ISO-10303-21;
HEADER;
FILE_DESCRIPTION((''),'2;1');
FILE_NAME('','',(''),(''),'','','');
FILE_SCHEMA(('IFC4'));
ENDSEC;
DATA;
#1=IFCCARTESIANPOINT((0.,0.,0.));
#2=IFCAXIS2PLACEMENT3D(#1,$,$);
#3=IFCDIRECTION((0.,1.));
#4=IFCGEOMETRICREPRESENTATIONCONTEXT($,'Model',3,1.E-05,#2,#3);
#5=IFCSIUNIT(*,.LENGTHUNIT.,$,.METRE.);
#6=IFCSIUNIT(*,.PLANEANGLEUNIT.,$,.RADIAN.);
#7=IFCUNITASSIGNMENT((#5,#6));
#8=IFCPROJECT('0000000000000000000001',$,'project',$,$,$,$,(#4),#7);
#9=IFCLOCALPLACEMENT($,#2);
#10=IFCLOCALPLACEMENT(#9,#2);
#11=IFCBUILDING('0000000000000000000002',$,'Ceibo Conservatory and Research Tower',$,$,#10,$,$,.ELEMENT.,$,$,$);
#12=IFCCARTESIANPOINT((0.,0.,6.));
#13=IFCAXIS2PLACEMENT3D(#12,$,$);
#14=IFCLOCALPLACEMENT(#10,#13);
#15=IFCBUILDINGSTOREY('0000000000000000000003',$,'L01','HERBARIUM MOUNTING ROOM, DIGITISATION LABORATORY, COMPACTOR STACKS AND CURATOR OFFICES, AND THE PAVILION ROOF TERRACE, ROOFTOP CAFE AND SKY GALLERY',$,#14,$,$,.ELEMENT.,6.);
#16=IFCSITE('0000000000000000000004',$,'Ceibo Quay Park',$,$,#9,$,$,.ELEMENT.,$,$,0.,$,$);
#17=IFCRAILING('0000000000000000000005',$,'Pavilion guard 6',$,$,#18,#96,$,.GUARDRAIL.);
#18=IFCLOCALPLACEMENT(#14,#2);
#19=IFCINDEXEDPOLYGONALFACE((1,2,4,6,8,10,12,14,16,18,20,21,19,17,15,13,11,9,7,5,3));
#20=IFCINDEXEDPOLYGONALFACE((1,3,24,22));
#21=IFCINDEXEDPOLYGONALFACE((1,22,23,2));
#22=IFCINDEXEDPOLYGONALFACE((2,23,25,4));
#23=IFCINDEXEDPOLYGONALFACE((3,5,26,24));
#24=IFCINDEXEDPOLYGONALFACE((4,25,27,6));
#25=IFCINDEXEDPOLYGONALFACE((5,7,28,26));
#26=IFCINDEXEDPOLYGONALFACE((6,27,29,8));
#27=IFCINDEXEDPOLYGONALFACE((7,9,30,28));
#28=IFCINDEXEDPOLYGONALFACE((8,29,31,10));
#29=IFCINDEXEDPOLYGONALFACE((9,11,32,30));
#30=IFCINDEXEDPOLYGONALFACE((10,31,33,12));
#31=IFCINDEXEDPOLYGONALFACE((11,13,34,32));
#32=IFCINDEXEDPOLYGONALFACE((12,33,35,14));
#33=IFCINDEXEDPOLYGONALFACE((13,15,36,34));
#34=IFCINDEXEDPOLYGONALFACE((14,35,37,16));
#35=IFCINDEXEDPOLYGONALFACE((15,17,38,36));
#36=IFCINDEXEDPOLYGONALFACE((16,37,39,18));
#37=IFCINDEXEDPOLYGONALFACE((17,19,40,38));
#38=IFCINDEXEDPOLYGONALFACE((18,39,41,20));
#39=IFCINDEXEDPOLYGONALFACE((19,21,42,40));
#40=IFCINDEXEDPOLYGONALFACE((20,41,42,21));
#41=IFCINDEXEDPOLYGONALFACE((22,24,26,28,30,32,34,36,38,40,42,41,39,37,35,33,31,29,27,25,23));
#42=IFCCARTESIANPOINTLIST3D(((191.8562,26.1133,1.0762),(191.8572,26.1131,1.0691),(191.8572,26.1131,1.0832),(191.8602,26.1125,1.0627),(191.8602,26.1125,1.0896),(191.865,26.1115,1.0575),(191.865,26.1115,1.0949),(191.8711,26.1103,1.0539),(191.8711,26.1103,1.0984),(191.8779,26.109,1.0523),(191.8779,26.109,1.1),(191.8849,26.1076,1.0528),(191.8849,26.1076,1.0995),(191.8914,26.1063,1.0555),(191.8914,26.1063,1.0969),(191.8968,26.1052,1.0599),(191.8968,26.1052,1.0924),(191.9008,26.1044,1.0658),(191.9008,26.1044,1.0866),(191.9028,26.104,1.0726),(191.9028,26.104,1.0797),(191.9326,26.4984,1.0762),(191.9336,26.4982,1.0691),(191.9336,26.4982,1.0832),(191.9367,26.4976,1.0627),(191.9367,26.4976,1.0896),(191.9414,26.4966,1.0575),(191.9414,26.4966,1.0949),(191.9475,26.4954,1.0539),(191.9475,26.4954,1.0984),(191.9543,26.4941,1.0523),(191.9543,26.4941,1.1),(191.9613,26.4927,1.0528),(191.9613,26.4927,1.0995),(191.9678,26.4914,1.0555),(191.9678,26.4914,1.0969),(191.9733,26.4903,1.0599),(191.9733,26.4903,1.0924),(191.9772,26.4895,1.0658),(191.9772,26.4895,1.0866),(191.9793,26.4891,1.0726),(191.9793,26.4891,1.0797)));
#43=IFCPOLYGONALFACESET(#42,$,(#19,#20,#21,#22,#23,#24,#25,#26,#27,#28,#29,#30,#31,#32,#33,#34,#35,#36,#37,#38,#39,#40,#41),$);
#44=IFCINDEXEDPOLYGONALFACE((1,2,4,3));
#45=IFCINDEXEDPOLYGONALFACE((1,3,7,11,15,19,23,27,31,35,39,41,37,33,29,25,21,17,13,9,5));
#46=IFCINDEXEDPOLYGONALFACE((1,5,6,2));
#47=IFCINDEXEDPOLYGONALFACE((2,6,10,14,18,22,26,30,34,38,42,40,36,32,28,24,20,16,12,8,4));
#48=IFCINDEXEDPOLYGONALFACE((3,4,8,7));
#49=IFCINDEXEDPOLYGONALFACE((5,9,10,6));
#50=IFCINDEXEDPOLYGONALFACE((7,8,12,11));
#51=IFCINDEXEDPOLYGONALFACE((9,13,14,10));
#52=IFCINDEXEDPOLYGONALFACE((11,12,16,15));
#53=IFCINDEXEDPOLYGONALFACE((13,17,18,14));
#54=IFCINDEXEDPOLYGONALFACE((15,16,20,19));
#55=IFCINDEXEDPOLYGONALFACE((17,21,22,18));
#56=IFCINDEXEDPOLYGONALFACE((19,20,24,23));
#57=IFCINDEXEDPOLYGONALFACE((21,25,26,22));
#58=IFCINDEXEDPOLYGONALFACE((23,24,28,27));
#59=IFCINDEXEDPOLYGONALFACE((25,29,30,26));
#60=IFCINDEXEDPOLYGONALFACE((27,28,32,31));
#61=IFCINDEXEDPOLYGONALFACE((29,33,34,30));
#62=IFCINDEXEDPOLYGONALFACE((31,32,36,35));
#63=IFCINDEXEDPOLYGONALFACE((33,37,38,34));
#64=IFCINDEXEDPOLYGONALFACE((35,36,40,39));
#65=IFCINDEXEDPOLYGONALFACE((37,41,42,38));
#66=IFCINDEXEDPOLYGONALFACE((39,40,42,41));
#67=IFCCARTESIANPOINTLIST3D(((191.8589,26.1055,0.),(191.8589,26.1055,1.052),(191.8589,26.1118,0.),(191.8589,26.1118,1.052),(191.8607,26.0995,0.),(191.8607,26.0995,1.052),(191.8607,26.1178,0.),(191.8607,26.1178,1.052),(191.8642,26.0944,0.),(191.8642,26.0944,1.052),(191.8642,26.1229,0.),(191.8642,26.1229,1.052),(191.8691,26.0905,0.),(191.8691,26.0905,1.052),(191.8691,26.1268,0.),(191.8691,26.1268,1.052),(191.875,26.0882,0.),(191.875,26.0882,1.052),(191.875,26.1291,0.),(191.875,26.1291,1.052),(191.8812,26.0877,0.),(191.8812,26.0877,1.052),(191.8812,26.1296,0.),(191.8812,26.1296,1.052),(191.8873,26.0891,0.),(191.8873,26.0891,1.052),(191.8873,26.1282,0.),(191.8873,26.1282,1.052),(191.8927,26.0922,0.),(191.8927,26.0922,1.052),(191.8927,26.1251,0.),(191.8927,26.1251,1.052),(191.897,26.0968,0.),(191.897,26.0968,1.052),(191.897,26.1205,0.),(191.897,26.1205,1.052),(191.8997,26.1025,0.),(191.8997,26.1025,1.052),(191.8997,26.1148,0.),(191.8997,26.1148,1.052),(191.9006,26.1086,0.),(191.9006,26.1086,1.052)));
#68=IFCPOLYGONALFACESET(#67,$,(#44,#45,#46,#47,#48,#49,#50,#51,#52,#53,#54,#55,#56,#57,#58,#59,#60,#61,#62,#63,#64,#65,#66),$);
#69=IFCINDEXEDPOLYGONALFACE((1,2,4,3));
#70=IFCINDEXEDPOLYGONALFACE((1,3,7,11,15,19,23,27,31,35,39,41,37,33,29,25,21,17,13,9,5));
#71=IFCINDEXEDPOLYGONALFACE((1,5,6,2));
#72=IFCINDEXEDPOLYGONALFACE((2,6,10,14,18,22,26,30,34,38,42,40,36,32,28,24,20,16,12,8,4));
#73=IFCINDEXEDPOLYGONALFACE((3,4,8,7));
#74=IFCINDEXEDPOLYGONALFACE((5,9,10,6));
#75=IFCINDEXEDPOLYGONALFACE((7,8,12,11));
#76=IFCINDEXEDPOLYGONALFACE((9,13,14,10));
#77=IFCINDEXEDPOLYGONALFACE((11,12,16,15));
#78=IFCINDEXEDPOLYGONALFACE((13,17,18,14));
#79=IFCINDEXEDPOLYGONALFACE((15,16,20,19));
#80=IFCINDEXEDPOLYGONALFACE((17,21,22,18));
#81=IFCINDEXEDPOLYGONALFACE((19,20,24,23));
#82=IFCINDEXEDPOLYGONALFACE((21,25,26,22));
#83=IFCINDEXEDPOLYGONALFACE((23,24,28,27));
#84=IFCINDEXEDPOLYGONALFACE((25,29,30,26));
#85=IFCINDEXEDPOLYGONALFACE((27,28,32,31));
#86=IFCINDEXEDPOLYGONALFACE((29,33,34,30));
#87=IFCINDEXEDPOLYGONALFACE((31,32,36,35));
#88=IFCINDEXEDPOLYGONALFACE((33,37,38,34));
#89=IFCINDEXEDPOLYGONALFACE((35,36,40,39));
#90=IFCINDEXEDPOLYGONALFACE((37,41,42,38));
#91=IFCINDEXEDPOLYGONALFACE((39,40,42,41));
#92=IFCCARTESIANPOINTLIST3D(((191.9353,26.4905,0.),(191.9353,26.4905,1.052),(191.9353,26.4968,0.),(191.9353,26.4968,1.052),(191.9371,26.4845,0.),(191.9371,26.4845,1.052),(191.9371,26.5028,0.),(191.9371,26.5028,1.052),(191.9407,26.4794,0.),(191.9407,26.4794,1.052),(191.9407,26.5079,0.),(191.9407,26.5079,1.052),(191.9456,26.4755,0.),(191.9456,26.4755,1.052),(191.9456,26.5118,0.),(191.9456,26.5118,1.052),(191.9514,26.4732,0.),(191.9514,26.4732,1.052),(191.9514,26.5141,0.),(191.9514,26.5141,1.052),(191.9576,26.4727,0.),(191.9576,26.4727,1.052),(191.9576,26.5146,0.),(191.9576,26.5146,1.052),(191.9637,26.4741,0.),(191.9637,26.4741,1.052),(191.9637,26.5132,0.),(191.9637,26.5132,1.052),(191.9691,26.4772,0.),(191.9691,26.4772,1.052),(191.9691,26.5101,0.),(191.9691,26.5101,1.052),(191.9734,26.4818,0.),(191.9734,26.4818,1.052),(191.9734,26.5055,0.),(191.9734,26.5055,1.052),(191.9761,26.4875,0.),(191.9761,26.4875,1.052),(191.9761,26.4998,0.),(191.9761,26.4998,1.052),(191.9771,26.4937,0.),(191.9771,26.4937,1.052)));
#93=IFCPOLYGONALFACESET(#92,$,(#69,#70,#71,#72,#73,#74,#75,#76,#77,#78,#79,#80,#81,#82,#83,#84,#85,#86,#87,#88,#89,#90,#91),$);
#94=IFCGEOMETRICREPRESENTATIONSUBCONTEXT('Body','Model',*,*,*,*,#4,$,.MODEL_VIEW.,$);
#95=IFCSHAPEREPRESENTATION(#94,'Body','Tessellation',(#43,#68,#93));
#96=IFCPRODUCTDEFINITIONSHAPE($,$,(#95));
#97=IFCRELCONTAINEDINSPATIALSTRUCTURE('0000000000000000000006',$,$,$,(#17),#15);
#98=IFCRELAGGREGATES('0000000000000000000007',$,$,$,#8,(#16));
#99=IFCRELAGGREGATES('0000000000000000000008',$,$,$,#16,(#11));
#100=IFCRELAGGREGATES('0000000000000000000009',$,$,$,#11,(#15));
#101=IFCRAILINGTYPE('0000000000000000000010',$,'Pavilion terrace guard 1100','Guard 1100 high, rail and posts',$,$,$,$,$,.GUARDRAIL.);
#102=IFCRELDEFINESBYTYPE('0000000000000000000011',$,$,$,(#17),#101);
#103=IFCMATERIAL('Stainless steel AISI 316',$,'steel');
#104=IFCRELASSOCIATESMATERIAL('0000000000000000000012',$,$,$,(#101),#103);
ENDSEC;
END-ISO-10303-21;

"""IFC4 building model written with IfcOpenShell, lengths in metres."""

from ifc_helpers import new_model, si_unit, direction, frame, origin, origin_2d, place, context, subcontext, project, spatial, circle, extrude, material, type_object, element, save


model = new_model("IFC4")

# Units and contexts
model_context = context("Model", 3, precision=1e-05, world=origin(), true_north=direction((0.0, 1.0)))
body_context = subcontext(model_context, "Body", "Model", "MODEL_VIEW")
ifc_project = project(units=[si_unit("LENGTHUNIT", "METRE"), si_unit("PLANEANGLEUNIT", "RADIAN")], contexts=[model_context])

# Site, building, storey
site_placement = place(None, origin())
site = spatial("IfcSite", under=ifc_project, at=site_placement, Name="Ceibo Quay Park", CompositionType="ELEMENT", RefElevation=0.0)
building_placement = place(site_placement, origin())
building = spatial("IfcBuilding", under=site, at=building_placement, Name="Ceibo Conservatory and Research Tower", CompositionType="ELEMENT")
storey_placement = place(building_placement, frame((0.0, 0.0, 6.0)))
storey = spatial("IfcBuildingStorey", under=building, at=storey_placement, Name="L01", Description="HERBARIUM MOUNTING ROOM, DIGITISATION LABORATORY, COMPACTOR STACKS AND CURATOR OFFICES, AND THE PAVILION ROOF TERRACE, ROOFTOP CAFE AND SKY GALLERY", CompositionType="ELEMENT", Elevation=6.0)

# Railing
ifc_material_1 = material(Name="Stainless steel AISI 316", Category="steel")
railing_type = type_object("IfcRailingType", Name="Pavilion terrace guard 1100", Description="Guard 1100 high, rail and posts", PredefinedType="GUARDRAIL", material=ifc_material_1)
railing_1_placement = place(storey_placement, frame((191.8796, 26.1086, 0.0)))
element("IfcRailing", 1, at=railing_1_placement, inside=storey, type_object=railing_type, Name="Pavilion guard 6", PredefinedType="GUARDRAIL", context=body_context, shape_type="SweptSolid", body=[
    extrude(circle(Radius=0.0239, at=origin_2d()), frame((0.0, 0.0, 1.0762), z_axis=(0.194681, 0.980867, 0.0), x_axis=(-0.980867, 0.194681, 0.0)), (0.0, 0.0, 1.0), 0.3926),
    extrude(circle(Radius=0.021, at=origin_2d()), origin(), (0.0, 0.0, 1.0), 1.052),
    extrude(circle(Radius=0.021, at=origin_2d()), frame((0.0764, 0.385, 0.0)), (0.0, 0.0, 1.0), 1.052),
])

save(model, "model.ifc")
